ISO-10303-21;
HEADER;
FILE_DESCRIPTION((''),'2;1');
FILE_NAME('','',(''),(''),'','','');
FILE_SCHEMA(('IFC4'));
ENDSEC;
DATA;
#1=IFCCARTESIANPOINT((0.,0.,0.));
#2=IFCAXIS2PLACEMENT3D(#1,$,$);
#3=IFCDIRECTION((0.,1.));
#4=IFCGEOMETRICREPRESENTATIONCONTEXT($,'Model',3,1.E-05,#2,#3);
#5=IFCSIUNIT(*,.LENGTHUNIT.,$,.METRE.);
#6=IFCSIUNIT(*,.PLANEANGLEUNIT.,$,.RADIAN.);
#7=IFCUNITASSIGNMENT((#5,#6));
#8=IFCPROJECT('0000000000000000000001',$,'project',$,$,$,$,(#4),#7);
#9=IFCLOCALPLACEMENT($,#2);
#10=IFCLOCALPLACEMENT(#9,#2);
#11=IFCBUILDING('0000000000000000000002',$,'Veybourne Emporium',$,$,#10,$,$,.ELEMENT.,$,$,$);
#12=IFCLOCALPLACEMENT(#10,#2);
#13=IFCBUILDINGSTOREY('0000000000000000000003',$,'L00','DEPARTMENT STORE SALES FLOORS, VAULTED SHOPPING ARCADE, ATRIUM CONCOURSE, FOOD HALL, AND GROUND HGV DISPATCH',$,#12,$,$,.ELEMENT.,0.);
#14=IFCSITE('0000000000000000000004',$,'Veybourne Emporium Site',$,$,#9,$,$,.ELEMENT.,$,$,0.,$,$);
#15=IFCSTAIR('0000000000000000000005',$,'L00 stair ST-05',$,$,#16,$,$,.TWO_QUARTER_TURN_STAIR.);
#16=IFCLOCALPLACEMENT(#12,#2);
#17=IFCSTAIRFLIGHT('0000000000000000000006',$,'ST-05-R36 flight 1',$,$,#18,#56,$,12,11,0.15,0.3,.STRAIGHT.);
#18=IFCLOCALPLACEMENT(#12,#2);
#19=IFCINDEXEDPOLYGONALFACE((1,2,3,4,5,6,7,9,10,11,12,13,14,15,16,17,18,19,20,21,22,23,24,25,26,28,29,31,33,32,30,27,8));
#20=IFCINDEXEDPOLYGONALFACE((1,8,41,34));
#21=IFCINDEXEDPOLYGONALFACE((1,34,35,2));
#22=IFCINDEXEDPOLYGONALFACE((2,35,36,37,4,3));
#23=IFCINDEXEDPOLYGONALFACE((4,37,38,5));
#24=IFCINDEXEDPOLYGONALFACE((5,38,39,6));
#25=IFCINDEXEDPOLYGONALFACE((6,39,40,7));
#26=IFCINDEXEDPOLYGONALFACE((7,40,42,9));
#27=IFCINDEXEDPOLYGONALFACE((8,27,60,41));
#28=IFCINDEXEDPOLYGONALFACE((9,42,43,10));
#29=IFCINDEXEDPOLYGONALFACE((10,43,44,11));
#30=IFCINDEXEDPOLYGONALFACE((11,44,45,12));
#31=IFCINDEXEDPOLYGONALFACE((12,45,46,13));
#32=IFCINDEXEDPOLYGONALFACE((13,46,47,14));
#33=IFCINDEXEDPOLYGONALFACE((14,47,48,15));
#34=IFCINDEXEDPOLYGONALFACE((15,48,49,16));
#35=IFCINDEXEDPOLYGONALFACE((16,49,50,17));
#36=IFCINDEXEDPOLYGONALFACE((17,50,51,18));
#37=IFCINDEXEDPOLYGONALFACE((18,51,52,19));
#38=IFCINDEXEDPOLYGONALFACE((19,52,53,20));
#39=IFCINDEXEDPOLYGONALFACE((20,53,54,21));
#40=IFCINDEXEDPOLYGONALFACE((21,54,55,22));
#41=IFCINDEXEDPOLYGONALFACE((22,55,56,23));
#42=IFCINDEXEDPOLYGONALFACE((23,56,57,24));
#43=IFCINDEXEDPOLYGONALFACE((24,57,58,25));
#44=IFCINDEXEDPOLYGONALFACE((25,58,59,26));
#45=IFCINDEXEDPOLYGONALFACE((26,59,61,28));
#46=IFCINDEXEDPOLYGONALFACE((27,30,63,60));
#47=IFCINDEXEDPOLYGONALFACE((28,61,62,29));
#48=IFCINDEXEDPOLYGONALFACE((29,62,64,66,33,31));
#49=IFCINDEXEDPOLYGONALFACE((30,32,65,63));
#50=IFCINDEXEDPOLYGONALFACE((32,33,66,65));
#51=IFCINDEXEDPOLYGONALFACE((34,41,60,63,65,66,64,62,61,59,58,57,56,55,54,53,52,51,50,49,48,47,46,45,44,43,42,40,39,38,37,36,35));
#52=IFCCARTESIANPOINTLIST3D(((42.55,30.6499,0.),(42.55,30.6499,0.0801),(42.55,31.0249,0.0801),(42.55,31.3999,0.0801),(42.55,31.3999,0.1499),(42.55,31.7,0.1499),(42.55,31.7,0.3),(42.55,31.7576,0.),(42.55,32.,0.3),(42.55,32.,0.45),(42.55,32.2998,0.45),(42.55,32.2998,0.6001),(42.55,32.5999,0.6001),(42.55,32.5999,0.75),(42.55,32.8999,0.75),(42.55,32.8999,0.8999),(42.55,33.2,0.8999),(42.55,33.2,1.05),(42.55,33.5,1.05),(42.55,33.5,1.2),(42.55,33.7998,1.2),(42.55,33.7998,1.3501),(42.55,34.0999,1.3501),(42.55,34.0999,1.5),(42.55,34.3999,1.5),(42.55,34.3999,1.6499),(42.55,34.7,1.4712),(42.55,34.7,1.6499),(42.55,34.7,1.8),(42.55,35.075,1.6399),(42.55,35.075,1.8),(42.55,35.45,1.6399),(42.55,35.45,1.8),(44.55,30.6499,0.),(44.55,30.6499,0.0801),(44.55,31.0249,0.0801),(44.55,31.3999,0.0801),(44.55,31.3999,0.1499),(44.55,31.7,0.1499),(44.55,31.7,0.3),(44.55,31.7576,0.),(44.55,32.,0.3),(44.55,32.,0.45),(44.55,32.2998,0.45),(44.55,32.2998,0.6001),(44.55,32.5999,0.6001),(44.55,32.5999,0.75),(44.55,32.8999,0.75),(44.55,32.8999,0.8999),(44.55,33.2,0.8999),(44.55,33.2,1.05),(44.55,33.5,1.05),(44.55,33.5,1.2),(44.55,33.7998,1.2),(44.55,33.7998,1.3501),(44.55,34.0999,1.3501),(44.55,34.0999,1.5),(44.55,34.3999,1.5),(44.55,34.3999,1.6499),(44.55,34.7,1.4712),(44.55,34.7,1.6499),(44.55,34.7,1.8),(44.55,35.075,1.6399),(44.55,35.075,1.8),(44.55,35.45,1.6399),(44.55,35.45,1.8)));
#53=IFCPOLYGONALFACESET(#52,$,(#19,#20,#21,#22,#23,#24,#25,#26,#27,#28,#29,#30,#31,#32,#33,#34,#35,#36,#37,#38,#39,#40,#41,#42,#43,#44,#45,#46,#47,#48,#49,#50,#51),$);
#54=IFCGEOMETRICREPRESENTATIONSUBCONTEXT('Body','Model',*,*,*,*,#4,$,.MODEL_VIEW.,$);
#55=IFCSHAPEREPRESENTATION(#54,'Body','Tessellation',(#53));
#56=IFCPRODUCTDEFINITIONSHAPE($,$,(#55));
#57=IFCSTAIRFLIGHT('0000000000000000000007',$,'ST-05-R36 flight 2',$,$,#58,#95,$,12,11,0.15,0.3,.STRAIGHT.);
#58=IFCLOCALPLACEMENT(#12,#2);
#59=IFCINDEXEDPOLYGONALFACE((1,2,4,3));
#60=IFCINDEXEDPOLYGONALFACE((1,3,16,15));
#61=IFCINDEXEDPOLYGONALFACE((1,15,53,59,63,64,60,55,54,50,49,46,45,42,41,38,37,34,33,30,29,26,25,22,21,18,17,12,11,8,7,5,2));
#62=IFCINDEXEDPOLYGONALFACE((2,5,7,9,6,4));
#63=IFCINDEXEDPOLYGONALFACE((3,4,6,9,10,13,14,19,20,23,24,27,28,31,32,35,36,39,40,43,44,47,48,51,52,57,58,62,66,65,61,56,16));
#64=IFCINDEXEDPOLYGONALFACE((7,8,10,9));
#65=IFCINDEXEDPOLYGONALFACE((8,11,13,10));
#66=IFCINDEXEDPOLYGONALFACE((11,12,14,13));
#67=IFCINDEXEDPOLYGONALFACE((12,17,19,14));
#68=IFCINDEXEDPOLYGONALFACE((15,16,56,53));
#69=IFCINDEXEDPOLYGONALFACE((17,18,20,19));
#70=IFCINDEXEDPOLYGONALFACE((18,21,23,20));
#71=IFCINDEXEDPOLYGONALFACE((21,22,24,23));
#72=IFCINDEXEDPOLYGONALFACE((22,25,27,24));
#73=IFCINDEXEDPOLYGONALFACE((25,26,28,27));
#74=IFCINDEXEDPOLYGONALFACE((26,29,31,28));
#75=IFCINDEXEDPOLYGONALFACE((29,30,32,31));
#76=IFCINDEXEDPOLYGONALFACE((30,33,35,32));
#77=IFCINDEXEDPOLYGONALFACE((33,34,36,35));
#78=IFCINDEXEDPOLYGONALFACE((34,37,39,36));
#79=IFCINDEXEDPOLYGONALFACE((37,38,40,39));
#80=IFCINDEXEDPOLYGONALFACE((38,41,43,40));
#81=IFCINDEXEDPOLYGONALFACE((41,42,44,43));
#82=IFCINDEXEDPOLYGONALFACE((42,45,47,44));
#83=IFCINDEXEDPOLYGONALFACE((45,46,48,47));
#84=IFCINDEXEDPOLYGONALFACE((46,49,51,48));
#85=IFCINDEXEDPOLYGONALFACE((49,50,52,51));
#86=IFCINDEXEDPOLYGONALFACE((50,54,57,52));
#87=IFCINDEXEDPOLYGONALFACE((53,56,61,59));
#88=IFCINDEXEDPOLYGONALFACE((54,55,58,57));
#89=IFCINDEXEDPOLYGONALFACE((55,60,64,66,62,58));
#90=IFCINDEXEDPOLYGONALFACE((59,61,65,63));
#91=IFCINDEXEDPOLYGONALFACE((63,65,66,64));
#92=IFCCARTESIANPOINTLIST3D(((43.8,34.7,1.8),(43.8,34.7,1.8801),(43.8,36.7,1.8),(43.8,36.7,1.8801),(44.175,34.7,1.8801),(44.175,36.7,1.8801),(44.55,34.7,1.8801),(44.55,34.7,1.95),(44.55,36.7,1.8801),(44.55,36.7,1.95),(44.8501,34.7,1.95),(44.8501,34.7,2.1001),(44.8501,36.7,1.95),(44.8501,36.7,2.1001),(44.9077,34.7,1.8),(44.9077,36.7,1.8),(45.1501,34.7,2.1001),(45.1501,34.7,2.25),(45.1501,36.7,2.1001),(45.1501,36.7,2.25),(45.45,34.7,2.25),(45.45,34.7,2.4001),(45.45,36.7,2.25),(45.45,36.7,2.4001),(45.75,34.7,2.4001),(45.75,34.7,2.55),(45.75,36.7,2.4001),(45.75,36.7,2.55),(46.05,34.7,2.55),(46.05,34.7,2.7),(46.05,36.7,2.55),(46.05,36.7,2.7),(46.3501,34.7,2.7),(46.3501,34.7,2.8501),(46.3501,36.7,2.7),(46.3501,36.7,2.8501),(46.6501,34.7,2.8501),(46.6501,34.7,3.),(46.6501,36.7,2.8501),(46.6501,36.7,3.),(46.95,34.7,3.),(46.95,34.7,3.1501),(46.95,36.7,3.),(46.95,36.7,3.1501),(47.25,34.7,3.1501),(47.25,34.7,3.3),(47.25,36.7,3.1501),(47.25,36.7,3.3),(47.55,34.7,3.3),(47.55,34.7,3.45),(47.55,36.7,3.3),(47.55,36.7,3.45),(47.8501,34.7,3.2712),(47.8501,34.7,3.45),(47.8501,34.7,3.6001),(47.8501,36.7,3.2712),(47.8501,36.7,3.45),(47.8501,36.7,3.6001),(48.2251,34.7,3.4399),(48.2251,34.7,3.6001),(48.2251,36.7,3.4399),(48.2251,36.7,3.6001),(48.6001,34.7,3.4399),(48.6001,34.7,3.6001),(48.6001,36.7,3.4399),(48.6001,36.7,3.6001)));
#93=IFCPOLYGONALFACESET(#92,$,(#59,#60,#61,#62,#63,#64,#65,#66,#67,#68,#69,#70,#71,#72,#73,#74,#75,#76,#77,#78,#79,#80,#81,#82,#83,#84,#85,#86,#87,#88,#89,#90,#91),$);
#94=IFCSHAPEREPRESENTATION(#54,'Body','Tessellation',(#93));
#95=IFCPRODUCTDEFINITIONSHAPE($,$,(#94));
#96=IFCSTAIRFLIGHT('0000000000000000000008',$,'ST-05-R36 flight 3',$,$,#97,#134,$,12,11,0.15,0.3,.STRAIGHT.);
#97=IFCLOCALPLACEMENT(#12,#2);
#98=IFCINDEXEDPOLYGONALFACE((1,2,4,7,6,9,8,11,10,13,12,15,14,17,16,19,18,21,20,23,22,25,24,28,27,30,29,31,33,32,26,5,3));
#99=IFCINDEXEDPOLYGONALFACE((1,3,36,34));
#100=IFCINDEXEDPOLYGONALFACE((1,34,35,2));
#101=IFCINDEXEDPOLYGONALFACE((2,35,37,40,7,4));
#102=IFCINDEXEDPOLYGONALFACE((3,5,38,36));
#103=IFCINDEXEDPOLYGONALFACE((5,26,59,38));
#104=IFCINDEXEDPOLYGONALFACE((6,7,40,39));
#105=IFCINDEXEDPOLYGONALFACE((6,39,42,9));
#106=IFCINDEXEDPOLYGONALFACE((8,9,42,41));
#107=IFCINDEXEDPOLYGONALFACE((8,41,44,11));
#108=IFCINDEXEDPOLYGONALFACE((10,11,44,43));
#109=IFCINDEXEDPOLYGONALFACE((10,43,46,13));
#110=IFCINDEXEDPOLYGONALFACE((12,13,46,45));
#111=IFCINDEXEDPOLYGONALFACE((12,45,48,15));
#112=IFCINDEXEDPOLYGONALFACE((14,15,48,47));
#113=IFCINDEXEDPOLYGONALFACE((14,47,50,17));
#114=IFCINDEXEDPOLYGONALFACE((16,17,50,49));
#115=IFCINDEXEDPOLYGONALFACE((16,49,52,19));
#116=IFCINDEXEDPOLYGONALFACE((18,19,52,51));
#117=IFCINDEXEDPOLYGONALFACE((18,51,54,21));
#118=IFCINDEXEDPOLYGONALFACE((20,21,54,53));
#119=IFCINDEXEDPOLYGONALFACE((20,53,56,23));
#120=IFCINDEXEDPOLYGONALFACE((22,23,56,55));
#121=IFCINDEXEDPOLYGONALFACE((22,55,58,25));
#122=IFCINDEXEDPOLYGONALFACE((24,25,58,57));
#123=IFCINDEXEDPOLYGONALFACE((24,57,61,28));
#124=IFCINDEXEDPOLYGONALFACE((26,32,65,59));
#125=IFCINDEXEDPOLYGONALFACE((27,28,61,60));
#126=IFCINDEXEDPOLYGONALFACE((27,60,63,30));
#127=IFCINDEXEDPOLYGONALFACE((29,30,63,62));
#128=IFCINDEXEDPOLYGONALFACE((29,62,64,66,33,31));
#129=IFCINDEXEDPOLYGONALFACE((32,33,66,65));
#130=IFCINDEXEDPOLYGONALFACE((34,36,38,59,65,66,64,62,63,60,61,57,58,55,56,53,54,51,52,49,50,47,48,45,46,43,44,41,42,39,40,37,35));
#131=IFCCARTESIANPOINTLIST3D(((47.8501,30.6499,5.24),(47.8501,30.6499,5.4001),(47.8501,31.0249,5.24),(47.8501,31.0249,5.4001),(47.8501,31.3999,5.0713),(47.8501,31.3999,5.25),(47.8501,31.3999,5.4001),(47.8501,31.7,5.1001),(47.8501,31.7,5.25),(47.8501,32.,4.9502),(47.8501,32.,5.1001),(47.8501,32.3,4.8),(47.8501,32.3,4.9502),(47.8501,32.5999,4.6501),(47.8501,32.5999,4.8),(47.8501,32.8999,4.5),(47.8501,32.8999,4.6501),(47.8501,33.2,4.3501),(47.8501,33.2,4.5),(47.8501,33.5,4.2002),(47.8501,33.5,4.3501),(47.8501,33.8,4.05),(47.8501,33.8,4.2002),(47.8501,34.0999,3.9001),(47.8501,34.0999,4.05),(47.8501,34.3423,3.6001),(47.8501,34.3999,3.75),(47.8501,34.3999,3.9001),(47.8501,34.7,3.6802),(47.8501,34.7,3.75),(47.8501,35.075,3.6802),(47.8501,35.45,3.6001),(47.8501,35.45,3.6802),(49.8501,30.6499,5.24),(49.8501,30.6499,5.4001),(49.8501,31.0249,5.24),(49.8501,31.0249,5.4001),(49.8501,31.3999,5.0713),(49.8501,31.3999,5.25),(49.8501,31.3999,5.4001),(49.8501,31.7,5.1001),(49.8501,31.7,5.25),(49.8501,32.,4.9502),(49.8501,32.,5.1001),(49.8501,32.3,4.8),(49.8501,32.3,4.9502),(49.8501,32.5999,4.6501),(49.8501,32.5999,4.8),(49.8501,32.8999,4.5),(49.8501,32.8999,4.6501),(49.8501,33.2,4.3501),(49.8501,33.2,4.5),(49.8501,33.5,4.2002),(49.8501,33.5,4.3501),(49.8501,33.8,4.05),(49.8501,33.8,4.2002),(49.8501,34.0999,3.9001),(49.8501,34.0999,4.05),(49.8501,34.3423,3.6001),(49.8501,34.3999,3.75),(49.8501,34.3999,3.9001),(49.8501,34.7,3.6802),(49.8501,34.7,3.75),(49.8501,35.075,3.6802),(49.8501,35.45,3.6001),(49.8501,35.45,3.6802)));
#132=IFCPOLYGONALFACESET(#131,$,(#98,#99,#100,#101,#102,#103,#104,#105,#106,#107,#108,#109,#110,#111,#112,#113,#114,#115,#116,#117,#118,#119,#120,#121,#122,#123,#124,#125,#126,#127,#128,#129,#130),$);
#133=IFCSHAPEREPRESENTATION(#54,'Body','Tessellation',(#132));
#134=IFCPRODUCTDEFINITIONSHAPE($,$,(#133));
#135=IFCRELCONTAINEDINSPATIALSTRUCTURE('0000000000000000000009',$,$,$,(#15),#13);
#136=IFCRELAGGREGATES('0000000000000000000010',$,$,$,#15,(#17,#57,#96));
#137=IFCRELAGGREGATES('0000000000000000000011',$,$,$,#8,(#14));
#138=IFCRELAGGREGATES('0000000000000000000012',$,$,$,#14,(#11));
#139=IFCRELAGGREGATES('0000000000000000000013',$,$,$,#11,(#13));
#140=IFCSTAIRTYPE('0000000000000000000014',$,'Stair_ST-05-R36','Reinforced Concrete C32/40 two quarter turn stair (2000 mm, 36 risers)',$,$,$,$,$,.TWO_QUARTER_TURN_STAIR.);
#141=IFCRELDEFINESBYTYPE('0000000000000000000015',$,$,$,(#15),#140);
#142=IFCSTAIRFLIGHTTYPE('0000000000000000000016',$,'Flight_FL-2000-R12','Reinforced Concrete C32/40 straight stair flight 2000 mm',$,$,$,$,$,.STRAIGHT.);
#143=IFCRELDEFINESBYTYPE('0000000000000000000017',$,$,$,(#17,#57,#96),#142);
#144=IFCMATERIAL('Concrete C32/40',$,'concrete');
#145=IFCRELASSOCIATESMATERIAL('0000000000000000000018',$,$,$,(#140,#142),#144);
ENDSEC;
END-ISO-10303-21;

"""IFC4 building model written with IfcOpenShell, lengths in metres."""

from ifc_helpers import new_model, si_unit, direction, frame, origin, place, context, subcontext, project, spatial, polyline, outline, extrude, material, type_object, element, aggregate, save


model = new_model("IFC4")

# Units and contexts
model_context = context("Model", 3, precision=1e-05, world=origin(), true_north=direction((0.0, 1.0)))
body_context = subcontext(model_context, "Body", "Model", "MODEL_VIEW")
ifc_project = project(units=[si_unit("LENGTHUNIT", "METRE"), si_unit("PLANEANGLEUNIT", "RADIAN")], contexts=[model_context])

# Site, building, storey
site_placement = place(None, origin())
site = spatial("IfcSite", under=ifc_project, at=site_placement, Name="Veybourne Emporium Site", CompositionType="ELEMENT", RefElevation=0.0)
building_placement = place(site_placement, origin())
building = spatial("IfcBuilding", under=site, at=building_placement, Name="Veybourne Emporium", CompositionType="ELEMENT")
storey_placement = place(building_placement, origin())
storey = spatial("IfcBuildingStorey", under=building, at=storey_placement, Name="L00", Description="DEPARTMENT STORE SALES FLOORS, VAULTED SHOPPING ARCADE, ATRIUM CONCOURSE, FOOD HALL, AND GROUND HGV DISPATCH", CompositionType="ELEMENT", Elevation=0.0)

# Shared definitions
ifc_material_1 = material(Name="Concrete C32/40", Category="concrete")

# Stair, stair flights
stair_type = type_object("IfcStairType", Name="Stair_ST-05-R36", Description="Reinforced Concrete C32/40 two quarter turn stair (2000 mm, 36 risers)", PredefinedType="TWO_QUARTER_TURN_STAIR", material=ifc_material_1)
stair_placement = place(storey_placement, origin())
stair = element("IfcStair", 1, at=stair_placement, inside=storey, type_object=stair_type, Name="L00 stair ST-05", PredefinedType="TWO_QUARTER_TURN_STAIR")
stair_flight_type = type_object("IfcStairFlightType", Name="Flight_FL-2000-R12", Description="Reinforced Concrete C32/40 straight stair flight 2000 mm", PredefinedType="STRAIGHT", material=ifc_material_1)
stair_flight_1_placement = place(storey_placement, frame((43.55, 31.3999, 0.0), z_axis=(0.0, 0.0, 1.0), x_axis=(0.0, 1.0, 0.0)))
stair_flight_1 = element("IfcStairFlight", 2, at=stair_flight_1_placement, type_object=stair_flight_type, Name="ST-05-R36 flight 1", NumberOfRisers=12, NumberOfTreads=11, PredefinedType="STRAIGHT", RiserHeight=0.15, TreadLength=0.3, context=body_context, shape_type="SweptSolid", body=[
    extrude(outline(polyline([(-0.75, 0.0), (-0.75, 0.0801), (-0.375, 0.0801), (0.0, 0.0801), (0.0, 0.1499), (0.3, 0.1499), (0.3, 0.3), (0.6001, 0.3), (0.6001, 0.45), (0.8999, 0.45), (0.8999, 0.6001), (1.2, 0.6001), (1.2, 0.75), (1.5, 0.75), (1.5, 0.8999), (1.8, 0.8999), (1.8, 1.05), (2.1001, 1.05), (2.1001, 1.2), (2.3999, 1.2), (2.3999, 1.3501), (2.7, 1.3501), (2.7, 1.5), (3.0, 1.5), (3.0, 1.6499), (3.3, 1.6499), (3.3, 1.8), (3.675, 1.8), (4.05, 1.8), (4.05, 1.6399), (3.675, 1.6399), (3.3, 1.4712), (0.3577, 0.0), (-0.75, 0.0)])), frame((0.0, 1.0, 0.0), z_axis=(0.0, -1.0, 0.0), x_axis=(1.0, 0.0, 0.0)), (0.0, 0.0, 1.0), 2.0),
])
stair_flight_2_placement = place(storey_placement, frame((44.55, 35.7, 1.8), z_axis=(0.0, 0.0, 1.0), x_axis=(1.0, 0.0, 0.0)))
stair_flight_2 = element("IfcStairFlight", 3, at=stair_flight_2_placement, type_object=stair_flight_type, Name="ST-05-R36 flight 2", NumberOfRisers=12, NumberOfTreads=11, PredefinedType="STRAIGHT", RiserHeight=0.15, TreadLength=0.3, context=body_context, shape_type="SweptSolid", body=[
    extrude(outline(polyline([(-0.75, 0.0), (-0.75, 0.0801), (-0.375, 0.0801), (0.0, 0.0801), (0.0, 0.1499), (0.3, 0.1499), (0.3, 0.3), (0.6001, 0.3), (0.6001, 0.45), (0.8999, 0.45), (0.8999, 0.6001), (1.2, 0.6001), (1.2, 0.75), (1.5, 0.75), (1.5, 0.8999), (1.8, 0.8999), (1.8, 1.05), (2.1001, 1.05), (2.1001, 1.2), (2.3999, 1.2), (2.3999, 1.3501), (2.7, 1.3501), (2.7, 1.5), (3.0, 1.5), (3.0, 1.6499), (3.3, 1.6499), (3.3, 1.8), (3.675, 1.8), (4.05, 1.8), (4.05, 1.6399), (3.675, 1.6399), (3.3, 1.4712), (0.3577, 0.0), (-0.75, 0.0)])), frame((0.0, 1.0, 0.0), z_axis=(0.0, -1.0, 0.0), x_axis=(1.0, 0.0, 0.0)), (0.0, 0.0, 1.0), 2.0),
])
stair_flight_3_placement = place(storey_placement, frame((48.8501, 34.7, 3.6001), z_axis=(0.0, 0.0, 1.0), x_axis=(0.0, -1.0, 0.0)))
stair_flight_3 = element("IfcStairFlight", 4, at=stair_flight_3_placement, type_object=stair_flight_type, Name="ST-05-R36 flight 3", NumberOfRisers=12, NumberOfTreads=11, PredefinedType="STRAIGHT", RiserHeight=0.15, TreadLength=0.3, context=body_context, shape_type="SweptSolid", body=[
    extrude(outline(polyline([(-0.75, 0.0), (-0.75, 0.0801), (-0.375, 0.0801), (0.0, 0.0801), (0.0, 0.1499), (0.3, 0.1499), (0.3, 0.3), (0.6001, 0.3), (0.6001, 0.45), (0.8999, 0.45), (0.8999, 0.6001), (1.2, 0.6001), (1.2, 0.75), (1.5, 0.75), (1.5, 0.8999), (1.8, 0.8999), (1.8, 1.05), (2.1001, 1.05), (2.1001, 1.2), (2.3999, 1.2), (2.3999, 1.3501), (2.7, 1.3501), (2.7, 1.5), (3.0, 1.5), (3.0, 1.6499), (3.3, 1.6499), (3.3, 1.8), (3.675, 1.8), (4.05, 1.8), (4.05, 1.6399), (3.675, 1.6399), (3.3, 1.4712), (0.3577, 0.0), (-0.75, 0.0)])), frame((0.0, 1.0, 0.0), z_axis=(0.0, -1.0, 0.0), x_axis=(1.0, 0.0, 0.0)), (0.0, 0.0, 1.0), 2.0),
])
aggregate(stair, [stair_flight_1, stair_flight_2, stair_flight_3])

save(model, "model.ifc")
